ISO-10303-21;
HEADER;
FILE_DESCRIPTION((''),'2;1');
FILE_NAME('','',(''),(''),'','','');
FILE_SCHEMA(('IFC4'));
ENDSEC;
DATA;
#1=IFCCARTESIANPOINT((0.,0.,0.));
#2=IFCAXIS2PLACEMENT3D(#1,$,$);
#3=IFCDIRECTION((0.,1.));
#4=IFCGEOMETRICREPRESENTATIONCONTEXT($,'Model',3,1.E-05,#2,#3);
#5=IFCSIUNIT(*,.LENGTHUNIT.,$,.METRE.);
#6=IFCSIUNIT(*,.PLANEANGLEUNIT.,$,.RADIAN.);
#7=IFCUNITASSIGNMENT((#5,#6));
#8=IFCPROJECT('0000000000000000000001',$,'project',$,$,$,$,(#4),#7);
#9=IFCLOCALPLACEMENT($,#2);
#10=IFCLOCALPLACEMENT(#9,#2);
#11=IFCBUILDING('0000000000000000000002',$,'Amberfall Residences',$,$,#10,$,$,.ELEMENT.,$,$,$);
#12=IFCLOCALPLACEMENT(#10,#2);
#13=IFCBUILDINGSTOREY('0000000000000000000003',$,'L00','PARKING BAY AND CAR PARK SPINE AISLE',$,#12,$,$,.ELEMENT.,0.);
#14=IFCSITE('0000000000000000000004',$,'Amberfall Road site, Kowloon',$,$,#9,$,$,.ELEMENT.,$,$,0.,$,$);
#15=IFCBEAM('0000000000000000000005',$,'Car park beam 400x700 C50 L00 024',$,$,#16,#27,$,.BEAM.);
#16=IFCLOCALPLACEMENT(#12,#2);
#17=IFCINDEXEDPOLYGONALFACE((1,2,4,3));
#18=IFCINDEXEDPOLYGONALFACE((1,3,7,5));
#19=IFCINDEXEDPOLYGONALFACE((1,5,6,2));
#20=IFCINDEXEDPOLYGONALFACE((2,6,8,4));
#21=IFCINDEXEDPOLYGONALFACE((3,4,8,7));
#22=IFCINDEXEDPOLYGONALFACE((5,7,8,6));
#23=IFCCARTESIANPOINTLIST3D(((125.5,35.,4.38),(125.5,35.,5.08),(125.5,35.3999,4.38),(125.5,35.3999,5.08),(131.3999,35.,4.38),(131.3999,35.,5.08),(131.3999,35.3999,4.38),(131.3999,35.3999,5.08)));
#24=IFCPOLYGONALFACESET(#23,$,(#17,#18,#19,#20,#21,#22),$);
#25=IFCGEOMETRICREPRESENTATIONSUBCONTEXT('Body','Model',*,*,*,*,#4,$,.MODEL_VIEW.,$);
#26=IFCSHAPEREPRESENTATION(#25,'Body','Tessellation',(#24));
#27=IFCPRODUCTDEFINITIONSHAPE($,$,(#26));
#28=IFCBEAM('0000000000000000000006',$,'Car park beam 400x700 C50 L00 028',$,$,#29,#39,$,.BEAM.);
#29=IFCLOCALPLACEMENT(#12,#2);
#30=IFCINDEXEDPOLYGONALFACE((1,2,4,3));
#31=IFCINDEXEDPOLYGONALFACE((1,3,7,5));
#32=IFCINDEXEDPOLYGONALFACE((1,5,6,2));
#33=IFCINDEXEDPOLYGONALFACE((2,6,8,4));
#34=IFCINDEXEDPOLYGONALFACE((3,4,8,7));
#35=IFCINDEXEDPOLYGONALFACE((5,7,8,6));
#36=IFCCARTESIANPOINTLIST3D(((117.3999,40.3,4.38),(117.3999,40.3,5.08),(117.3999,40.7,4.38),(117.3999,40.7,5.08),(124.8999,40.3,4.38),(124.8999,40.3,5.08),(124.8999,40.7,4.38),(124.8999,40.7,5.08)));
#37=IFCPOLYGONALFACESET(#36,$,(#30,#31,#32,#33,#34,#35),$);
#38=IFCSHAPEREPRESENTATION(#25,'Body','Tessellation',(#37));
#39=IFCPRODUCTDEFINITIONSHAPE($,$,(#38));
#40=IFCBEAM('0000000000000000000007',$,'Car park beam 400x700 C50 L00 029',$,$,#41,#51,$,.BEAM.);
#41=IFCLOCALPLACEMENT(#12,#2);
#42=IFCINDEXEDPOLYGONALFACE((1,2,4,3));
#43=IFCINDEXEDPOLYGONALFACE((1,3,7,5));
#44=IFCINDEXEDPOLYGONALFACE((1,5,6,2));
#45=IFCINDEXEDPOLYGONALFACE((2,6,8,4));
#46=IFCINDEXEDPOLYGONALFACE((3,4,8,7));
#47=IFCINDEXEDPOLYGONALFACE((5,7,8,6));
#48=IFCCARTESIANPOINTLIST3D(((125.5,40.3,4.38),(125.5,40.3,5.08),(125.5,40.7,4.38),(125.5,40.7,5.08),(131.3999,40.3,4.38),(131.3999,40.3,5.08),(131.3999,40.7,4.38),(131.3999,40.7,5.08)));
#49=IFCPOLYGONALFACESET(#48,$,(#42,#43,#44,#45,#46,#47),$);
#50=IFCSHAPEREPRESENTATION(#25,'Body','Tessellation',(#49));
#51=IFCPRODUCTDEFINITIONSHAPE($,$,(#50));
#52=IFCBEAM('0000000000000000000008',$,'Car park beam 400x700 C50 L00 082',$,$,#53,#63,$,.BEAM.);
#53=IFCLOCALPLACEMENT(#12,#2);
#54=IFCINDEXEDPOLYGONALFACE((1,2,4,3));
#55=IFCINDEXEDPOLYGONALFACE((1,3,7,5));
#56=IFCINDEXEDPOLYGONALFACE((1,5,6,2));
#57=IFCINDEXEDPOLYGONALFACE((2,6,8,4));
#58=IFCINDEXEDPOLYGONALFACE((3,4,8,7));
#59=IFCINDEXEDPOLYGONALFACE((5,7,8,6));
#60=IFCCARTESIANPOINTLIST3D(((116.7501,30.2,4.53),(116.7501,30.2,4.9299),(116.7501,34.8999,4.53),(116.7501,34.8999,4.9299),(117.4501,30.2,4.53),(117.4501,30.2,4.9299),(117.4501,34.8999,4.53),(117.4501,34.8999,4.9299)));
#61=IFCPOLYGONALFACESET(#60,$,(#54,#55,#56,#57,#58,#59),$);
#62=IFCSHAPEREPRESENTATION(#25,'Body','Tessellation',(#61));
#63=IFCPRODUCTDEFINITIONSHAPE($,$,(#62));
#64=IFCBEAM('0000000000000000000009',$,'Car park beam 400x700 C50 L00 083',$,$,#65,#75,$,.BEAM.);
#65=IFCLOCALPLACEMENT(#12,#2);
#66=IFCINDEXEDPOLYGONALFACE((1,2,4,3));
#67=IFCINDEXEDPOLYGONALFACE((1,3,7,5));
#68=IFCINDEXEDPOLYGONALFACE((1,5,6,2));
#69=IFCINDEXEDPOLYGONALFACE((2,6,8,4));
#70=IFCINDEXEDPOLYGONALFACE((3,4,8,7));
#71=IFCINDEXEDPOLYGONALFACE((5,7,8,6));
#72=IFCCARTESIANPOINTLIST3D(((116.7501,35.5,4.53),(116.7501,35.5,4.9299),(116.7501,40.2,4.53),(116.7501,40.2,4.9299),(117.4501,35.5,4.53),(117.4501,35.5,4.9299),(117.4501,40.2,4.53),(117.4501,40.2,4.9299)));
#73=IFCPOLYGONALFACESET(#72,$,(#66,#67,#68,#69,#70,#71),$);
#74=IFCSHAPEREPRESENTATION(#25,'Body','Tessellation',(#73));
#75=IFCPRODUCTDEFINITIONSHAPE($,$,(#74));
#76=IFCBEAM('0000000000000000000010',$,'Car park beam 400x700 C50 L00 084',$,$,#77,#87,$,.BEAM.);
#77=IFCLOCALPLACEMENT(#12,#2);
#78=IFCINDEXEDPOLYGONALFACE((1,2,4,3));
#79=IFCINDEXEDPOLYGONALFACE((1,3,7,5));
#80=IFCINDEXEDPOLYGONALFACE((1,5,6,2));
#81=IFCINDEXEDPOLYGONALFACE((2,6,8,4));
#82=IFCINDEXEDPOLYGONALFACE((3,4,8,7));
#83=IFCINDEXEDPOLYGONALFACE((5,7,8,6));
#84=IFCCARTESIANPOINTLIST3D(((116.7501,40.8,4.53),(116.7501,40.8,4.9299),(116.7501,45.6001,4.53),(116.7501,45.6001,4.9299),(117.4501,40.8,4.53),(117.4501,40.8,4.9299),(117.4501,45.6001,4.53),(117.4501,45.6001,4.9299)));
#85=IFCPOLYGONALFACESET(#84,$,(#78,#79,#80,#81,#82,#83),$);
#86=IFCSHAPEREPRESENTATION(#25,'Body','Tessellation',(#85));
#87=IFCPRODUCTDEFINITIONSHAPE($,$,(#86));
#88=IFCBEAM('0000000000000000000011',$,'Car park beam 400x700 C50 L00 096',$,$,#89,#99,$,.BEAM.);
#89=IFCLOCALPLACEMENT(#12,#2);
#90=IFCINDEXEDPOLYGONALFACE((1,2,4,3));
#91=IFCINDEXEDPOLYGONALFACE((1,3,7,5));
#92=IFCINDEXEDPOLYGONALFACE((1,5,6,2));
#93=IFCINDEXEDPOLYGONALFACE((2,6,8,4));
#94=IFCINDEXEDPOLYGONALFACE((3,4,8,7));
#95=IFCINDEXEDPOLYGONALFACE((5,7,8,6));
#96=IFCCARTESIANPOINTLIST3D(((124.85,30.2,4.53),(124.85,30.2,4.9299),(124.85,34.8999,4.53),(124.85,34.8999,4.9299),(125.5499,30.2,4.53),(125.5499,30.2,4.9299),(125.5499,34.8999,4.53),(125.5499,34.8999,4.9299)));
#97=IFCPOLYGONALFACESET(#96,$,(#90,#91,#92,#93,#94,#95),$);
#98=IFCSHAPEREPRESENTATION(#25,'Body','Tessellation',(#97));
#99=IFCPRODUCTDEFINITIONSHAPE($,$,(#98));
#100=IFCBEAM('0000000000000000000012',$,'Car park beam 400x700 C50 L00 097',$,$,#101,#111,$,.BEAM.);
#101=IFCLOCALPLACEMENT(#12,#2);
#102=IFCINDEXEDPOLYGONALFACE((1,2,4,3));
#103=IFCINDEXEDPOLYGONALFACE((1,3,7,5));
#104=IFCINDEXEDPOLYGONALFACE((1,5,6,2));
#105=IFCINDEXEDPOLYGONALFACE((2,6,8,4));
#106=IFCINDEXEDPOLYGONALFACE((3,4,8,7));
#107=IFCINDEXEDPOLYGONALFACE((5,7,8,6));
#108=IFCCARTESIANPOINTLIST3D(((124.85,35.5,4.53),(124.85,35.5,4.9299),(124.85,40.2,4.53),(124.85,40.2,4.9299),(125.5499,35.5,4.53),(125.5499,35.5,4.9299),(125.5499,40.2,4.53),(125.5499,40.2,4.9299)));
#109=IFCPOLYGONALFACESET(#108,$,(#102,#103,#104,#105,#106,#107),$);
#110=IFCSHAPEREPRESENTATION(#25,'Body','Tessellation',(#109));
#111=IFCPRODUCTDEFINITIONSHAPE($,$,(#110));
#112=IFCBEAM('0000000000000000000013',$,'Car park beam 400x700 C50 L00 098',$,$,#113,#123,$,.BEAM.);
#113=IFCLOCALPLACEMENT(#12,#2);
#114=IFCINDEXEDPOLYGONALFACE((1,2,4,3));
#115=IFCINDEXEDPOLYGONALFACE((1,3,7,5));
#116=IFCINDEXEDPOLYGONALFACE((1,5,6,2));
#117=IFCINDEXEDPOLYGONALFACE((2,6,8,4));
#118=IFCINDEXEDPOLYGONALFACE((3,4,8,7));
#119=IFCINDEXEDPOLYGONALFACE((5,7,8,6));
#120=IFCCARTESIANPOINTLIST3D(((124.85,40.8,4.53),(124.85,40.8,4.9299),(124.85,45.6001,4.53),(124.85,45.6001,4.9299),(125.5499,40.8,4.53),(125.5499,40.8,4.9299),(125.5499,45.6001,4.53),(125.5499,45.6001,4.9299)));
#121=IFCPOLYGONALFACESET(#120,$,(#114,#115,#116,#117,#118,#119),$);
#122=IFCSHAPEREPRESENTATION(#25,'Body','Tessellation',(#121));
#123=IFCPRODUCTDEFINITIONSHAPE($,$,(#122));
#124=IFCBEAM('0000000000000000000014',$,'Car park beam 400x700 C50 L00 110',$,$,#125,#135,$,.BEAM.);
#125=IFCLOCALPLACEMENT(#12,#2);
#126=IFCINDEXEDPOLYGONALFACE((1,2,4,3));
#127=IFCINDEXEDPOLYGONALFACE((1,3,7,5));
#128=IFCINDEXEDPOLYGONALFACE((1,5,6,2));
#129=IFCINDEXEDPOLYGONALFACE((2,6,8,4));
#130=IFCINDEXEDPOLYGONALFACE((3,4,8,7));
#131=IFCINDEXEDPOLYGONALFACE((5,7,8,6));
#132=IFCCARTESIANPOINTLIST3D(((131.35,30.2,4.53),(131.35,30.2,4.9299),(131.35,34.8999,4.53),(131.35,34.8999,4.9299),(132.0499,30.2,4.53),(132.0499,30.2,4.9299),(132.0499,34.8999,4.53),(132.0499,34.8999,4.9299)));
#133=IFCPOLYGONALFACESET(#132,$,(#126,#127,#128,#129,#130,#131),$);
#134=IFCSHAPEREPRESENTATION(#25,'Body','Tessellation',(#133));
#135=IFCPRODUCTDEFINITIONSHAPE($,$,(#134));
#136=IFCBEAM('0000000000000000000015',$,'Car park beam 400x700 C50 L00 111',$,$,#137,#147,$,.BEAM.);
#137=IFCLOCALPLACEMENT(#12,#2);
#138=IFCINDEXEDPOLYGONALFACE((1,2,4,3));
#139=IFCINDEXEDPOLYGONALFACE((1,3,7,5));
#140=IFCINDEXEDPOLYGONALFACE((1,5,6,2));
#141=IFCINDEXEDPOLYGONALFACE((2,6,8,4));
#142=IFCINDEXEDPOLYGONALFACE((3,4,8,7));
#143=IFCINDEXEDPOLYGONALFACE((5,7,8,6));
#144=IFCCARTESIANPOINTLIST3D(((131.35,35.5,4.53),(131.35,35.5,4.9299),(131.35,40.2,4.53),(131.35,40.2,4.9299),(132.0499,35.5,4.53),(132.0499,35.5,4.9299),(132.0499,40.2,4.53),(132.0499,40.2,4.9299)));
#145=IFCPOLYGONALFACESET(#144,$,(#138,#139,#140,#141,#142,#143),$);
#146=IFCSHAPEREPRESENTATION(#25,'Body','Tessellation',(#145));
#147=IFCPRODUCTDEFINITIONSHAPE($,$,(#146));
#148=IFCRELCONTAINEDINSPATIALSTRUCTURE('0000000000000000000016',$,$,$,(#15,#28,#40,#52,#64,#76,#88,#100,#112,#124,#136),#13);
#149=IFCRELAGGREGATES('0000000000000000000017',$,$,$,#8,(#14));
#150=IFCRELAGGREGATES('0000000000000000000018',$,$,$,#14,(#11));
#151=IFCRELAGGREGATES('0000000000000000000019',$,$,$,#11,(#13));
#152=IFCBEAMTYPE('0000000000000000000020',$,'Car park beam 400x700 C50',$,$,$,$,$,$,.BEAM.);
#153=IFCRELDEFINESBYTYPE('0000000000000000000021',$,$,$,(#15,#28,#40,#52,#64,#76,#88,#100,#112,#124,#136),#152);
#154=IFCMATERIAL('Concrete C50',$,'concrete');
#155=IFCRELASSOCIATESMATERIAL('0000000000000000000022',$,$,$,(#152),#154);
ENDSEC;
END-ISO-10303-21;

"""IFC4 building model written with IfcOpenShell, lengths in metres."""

from ifc_helpers import new_model, si_unit, direction, frame, origin, origin_2d, place, context, subcontext, project, spatial, rectangle, extrude, material, material_profile, profile_set, type_object, element, save


model = new_model("IFC4")

# Units and contexts
model_context = context("Model", 3, precision=1e-05, world=origin(), true_north=direction((0.0, 1.0)))
body_context = subcontext(model_context, "Body", "Model", "MODEL_VIEW")
ifc_project = project(units=[si_unit("LENGTHUNIT", "METRE"), si_unit("PLANEANGLEUNIT", "RADIAN")], contexts=[model_context])

# Site, building, storey
site_placement = place(None, origin())
site = spatial("IfcSite", under=ifc_project, at=site_placement, Name="Amberfall Road site, Kowloon", CompositionType="ELEMENT", RefElevation=0.0)
building_placement = place(site_placement, origin())
building = spatial("IfcBuilding", under=site, at=building_placement, Name="Amberfall Residences", CompositionType="ELEMENT")
storey_placement = place(building_placement, origin())
storey = spatial("IfcBuildingStorey", under=building, at=storey_placement, Name="L00", Description="PARKING BAY AND CAR PARK SPINE AISLE", CompositionType="ELEMENT", Elevation=0.0)

# Shared definitions
ifc_material_1 = material(Name="Concrete C50", Category="concrete")

# Beams
ifc_material_profile_1 = material_profile(ifc_material_1, rectangle(XDim=0.3999, YDim=0.7, at=origin_2d()), Name="RC 400x700")
ifc_profile_set_1 = profile_set([ifc_material_profile_1], Name="Concrete C50")
beam_type = type_object("IfcBeamType", Name="Car park beam 400x700 C50", PredefinedType="BEAM", material=ifc_profile_set_1)
beam_1_placement = place(storey_placement, frame((125.5, 35.2, 4.73), z_axis=(1.0, 0.0, 0.0), x_axis=(0.0, 1.0, 0.0)))
element("IfcBeam", 1, at=beam_1_placement, inside=storey, type_object=beam_type, Name="Car park beam 400x700 C50 L00 024", PredefinedType="BEAM", context=body_context, shape_type="SweptSolid", body=[
    extrude(rectangle(XDim=0.3999, YDim=0.7, at=origin_2d()), origin(), (0.0, 0.0, 1.0), 5.8999),
])
beam_2_placement = place(storey_placement, frame((117.3999, 40.5, 4.73), z_axis=(1.0, 0.0, 0.0), x_axis=(0.0, 1.0, 0.0)))
element("IfcBeam", 2, at=beam_2_placement, inside=storey, type_object=beam_type, Name="Car park beam 400x700 C50 L00 028", PredefinedType="BEAM", context=body_context, shape_type="SweptSolid", body=[
    extrude(rectangle(XDim=0.3999, YDim=0.7, at=origin_2d()), origin(), (0.0, 0.0, 1.0), 7.5),
])
beam_3_placement = place(storey_placement, frame((125.5, 40.5, 4.73), z_axis=(1.0, 0.0, 0.0), x_axis=(0.0, 1.0, 0.0)))
element("IfcBeam", 3, at=beam_3_placement, inside=storey, type_object=beam_type, Name="Car park beam 400x700 C50 L00 029", PredefinedType="BEAM", context=body_context, shape_type="SweptSolid", body=[
    extrude(rectangle(XDim=0.3999, YDim=0.7, at=origin_2d()), origin(), (0.0, 0.0, 1.0), 5.8999),
])
for number, where, z_axis, x_axis, name in (
    (4, (117.1001, 30.2, 4.73), (0.0, 1.0, 0.0), (0.0, 0.0, 1.0), "Car park beam 400x700 C50 L00 082"),
    (5, (117.1001, 35.5, 4.73), (0.0, 1.0, 0.0), (0.0, 0.0, 1.0), "Car park beam 400x700 C50 L00 083"),
):
    element("IfcBeam", number, at=place(storey_placement, frame(where, z_axis=z_axis, x_axis=x_axis)), inside=storey, type_object=beam_type, Name=name, PredefinedType="BEAM", context=body_context, shape_type="SweptSolid", body=[
        extrude(rectangle(XDim=0.3999, YDim=0.7, at=origin_2d()), origin(), (0.0, 0.0, 1.0), 4.7),
    ])
beam_4_placement = place(storey_placement, frame((117.1001, 40.8, 4.73), z_axis=(0.0, 1.0, 0.0), x_axis=(0.0, 0.0, 1.0)))
element("IfcBeam", 6, at=beam_4_placement, inside=storey, type_object=beam_type, Name="Car park beam 400x700 C50 L00 084", PredefinedType="BEAM", context=body_context, shape_type="SweptSolid", body=[
    extrude(rectangle(XDim=0.3999, YDim=0.7, at=origin_2d()), origin(), (0.0, 0.0, 1.0), 4.8),
])
for number, where, z_axis, x_axis, name in (
    (7, (125.2, 30.2, 4.73), (0.0, 1.0, 0.0), (0.0, 0.0, 1.0), "Car park beam 400x700 C50 L00 096"),
    (8, (125.2, 35.5, 4.73), (0.0, 1.0, 0.0), (0.0, 0.0, 1.0), "Car park beam 400x700 C50 L00 097"),
):
    element("IfcBeam", number, at=place(storey_placement, frame(where, z_axis=z_axis, x_axis=x_axis)), inside=storey, type_object=beam_type, Name=name, PredefinedType="BEAM", context=body_context, shape_type="SweptSolid", body=[
        extrude(rectangle(XDim=0.3999, YDim=0.7, at=origin_2d()), origin(), (0.0, 0.0, 1.0), 4.7),
    ])
beam_5_placement = place(storey_placement, frame((125.2, 40.8, 4.73), z_axis=(0.0, 1.0, 0.0), x_axis=(0.0, 0.0, 1.0)))
element("IfcBeam", 9, at=beam_5_placement, inside=storey, type_object=beam_type, Name="Car park beam 400x700 C50 L00 098", PredefinedType="BEAM", context=body_context, shape_type="SweptSolid", body=[
    extrude(rectangle(XDim=0.3999, YDim=0.7, at=origin_2d()), origin(), (0.0, 0.0, 1.0), 4.8),
])
for number, where, z_axis, x_axis, name in (
    (10, (131.7, 30.2, 4.73), (0.0, 1.0, 0.0), (0.0, 0.0, 1.0), "Car park beam 400x700 C50 L00 110"),
    (11, (131.7, 35.5, 4.73), (0.0, 1.0, 0.0), (0.0, 0.0, 1.0), "Car park beam 400x700 C50 L00 111"),
):
    element("IfcBeam", number, at=place(storey_placement, frame(where, z_axis=z_axis, x_axis=x_axis)), inside=storey, type_object=beam_type, Name=name, PredefinedType="BEAM", context=body_context, shape_type="SweptSolid", body=[
        extrude(rectangle(XDim=0.3999, YDim=0.7, at=origin_2d()), origin(), (0.0, 0.0, 1.0), 4.7),
    ])

save(model, "model.ifc")
